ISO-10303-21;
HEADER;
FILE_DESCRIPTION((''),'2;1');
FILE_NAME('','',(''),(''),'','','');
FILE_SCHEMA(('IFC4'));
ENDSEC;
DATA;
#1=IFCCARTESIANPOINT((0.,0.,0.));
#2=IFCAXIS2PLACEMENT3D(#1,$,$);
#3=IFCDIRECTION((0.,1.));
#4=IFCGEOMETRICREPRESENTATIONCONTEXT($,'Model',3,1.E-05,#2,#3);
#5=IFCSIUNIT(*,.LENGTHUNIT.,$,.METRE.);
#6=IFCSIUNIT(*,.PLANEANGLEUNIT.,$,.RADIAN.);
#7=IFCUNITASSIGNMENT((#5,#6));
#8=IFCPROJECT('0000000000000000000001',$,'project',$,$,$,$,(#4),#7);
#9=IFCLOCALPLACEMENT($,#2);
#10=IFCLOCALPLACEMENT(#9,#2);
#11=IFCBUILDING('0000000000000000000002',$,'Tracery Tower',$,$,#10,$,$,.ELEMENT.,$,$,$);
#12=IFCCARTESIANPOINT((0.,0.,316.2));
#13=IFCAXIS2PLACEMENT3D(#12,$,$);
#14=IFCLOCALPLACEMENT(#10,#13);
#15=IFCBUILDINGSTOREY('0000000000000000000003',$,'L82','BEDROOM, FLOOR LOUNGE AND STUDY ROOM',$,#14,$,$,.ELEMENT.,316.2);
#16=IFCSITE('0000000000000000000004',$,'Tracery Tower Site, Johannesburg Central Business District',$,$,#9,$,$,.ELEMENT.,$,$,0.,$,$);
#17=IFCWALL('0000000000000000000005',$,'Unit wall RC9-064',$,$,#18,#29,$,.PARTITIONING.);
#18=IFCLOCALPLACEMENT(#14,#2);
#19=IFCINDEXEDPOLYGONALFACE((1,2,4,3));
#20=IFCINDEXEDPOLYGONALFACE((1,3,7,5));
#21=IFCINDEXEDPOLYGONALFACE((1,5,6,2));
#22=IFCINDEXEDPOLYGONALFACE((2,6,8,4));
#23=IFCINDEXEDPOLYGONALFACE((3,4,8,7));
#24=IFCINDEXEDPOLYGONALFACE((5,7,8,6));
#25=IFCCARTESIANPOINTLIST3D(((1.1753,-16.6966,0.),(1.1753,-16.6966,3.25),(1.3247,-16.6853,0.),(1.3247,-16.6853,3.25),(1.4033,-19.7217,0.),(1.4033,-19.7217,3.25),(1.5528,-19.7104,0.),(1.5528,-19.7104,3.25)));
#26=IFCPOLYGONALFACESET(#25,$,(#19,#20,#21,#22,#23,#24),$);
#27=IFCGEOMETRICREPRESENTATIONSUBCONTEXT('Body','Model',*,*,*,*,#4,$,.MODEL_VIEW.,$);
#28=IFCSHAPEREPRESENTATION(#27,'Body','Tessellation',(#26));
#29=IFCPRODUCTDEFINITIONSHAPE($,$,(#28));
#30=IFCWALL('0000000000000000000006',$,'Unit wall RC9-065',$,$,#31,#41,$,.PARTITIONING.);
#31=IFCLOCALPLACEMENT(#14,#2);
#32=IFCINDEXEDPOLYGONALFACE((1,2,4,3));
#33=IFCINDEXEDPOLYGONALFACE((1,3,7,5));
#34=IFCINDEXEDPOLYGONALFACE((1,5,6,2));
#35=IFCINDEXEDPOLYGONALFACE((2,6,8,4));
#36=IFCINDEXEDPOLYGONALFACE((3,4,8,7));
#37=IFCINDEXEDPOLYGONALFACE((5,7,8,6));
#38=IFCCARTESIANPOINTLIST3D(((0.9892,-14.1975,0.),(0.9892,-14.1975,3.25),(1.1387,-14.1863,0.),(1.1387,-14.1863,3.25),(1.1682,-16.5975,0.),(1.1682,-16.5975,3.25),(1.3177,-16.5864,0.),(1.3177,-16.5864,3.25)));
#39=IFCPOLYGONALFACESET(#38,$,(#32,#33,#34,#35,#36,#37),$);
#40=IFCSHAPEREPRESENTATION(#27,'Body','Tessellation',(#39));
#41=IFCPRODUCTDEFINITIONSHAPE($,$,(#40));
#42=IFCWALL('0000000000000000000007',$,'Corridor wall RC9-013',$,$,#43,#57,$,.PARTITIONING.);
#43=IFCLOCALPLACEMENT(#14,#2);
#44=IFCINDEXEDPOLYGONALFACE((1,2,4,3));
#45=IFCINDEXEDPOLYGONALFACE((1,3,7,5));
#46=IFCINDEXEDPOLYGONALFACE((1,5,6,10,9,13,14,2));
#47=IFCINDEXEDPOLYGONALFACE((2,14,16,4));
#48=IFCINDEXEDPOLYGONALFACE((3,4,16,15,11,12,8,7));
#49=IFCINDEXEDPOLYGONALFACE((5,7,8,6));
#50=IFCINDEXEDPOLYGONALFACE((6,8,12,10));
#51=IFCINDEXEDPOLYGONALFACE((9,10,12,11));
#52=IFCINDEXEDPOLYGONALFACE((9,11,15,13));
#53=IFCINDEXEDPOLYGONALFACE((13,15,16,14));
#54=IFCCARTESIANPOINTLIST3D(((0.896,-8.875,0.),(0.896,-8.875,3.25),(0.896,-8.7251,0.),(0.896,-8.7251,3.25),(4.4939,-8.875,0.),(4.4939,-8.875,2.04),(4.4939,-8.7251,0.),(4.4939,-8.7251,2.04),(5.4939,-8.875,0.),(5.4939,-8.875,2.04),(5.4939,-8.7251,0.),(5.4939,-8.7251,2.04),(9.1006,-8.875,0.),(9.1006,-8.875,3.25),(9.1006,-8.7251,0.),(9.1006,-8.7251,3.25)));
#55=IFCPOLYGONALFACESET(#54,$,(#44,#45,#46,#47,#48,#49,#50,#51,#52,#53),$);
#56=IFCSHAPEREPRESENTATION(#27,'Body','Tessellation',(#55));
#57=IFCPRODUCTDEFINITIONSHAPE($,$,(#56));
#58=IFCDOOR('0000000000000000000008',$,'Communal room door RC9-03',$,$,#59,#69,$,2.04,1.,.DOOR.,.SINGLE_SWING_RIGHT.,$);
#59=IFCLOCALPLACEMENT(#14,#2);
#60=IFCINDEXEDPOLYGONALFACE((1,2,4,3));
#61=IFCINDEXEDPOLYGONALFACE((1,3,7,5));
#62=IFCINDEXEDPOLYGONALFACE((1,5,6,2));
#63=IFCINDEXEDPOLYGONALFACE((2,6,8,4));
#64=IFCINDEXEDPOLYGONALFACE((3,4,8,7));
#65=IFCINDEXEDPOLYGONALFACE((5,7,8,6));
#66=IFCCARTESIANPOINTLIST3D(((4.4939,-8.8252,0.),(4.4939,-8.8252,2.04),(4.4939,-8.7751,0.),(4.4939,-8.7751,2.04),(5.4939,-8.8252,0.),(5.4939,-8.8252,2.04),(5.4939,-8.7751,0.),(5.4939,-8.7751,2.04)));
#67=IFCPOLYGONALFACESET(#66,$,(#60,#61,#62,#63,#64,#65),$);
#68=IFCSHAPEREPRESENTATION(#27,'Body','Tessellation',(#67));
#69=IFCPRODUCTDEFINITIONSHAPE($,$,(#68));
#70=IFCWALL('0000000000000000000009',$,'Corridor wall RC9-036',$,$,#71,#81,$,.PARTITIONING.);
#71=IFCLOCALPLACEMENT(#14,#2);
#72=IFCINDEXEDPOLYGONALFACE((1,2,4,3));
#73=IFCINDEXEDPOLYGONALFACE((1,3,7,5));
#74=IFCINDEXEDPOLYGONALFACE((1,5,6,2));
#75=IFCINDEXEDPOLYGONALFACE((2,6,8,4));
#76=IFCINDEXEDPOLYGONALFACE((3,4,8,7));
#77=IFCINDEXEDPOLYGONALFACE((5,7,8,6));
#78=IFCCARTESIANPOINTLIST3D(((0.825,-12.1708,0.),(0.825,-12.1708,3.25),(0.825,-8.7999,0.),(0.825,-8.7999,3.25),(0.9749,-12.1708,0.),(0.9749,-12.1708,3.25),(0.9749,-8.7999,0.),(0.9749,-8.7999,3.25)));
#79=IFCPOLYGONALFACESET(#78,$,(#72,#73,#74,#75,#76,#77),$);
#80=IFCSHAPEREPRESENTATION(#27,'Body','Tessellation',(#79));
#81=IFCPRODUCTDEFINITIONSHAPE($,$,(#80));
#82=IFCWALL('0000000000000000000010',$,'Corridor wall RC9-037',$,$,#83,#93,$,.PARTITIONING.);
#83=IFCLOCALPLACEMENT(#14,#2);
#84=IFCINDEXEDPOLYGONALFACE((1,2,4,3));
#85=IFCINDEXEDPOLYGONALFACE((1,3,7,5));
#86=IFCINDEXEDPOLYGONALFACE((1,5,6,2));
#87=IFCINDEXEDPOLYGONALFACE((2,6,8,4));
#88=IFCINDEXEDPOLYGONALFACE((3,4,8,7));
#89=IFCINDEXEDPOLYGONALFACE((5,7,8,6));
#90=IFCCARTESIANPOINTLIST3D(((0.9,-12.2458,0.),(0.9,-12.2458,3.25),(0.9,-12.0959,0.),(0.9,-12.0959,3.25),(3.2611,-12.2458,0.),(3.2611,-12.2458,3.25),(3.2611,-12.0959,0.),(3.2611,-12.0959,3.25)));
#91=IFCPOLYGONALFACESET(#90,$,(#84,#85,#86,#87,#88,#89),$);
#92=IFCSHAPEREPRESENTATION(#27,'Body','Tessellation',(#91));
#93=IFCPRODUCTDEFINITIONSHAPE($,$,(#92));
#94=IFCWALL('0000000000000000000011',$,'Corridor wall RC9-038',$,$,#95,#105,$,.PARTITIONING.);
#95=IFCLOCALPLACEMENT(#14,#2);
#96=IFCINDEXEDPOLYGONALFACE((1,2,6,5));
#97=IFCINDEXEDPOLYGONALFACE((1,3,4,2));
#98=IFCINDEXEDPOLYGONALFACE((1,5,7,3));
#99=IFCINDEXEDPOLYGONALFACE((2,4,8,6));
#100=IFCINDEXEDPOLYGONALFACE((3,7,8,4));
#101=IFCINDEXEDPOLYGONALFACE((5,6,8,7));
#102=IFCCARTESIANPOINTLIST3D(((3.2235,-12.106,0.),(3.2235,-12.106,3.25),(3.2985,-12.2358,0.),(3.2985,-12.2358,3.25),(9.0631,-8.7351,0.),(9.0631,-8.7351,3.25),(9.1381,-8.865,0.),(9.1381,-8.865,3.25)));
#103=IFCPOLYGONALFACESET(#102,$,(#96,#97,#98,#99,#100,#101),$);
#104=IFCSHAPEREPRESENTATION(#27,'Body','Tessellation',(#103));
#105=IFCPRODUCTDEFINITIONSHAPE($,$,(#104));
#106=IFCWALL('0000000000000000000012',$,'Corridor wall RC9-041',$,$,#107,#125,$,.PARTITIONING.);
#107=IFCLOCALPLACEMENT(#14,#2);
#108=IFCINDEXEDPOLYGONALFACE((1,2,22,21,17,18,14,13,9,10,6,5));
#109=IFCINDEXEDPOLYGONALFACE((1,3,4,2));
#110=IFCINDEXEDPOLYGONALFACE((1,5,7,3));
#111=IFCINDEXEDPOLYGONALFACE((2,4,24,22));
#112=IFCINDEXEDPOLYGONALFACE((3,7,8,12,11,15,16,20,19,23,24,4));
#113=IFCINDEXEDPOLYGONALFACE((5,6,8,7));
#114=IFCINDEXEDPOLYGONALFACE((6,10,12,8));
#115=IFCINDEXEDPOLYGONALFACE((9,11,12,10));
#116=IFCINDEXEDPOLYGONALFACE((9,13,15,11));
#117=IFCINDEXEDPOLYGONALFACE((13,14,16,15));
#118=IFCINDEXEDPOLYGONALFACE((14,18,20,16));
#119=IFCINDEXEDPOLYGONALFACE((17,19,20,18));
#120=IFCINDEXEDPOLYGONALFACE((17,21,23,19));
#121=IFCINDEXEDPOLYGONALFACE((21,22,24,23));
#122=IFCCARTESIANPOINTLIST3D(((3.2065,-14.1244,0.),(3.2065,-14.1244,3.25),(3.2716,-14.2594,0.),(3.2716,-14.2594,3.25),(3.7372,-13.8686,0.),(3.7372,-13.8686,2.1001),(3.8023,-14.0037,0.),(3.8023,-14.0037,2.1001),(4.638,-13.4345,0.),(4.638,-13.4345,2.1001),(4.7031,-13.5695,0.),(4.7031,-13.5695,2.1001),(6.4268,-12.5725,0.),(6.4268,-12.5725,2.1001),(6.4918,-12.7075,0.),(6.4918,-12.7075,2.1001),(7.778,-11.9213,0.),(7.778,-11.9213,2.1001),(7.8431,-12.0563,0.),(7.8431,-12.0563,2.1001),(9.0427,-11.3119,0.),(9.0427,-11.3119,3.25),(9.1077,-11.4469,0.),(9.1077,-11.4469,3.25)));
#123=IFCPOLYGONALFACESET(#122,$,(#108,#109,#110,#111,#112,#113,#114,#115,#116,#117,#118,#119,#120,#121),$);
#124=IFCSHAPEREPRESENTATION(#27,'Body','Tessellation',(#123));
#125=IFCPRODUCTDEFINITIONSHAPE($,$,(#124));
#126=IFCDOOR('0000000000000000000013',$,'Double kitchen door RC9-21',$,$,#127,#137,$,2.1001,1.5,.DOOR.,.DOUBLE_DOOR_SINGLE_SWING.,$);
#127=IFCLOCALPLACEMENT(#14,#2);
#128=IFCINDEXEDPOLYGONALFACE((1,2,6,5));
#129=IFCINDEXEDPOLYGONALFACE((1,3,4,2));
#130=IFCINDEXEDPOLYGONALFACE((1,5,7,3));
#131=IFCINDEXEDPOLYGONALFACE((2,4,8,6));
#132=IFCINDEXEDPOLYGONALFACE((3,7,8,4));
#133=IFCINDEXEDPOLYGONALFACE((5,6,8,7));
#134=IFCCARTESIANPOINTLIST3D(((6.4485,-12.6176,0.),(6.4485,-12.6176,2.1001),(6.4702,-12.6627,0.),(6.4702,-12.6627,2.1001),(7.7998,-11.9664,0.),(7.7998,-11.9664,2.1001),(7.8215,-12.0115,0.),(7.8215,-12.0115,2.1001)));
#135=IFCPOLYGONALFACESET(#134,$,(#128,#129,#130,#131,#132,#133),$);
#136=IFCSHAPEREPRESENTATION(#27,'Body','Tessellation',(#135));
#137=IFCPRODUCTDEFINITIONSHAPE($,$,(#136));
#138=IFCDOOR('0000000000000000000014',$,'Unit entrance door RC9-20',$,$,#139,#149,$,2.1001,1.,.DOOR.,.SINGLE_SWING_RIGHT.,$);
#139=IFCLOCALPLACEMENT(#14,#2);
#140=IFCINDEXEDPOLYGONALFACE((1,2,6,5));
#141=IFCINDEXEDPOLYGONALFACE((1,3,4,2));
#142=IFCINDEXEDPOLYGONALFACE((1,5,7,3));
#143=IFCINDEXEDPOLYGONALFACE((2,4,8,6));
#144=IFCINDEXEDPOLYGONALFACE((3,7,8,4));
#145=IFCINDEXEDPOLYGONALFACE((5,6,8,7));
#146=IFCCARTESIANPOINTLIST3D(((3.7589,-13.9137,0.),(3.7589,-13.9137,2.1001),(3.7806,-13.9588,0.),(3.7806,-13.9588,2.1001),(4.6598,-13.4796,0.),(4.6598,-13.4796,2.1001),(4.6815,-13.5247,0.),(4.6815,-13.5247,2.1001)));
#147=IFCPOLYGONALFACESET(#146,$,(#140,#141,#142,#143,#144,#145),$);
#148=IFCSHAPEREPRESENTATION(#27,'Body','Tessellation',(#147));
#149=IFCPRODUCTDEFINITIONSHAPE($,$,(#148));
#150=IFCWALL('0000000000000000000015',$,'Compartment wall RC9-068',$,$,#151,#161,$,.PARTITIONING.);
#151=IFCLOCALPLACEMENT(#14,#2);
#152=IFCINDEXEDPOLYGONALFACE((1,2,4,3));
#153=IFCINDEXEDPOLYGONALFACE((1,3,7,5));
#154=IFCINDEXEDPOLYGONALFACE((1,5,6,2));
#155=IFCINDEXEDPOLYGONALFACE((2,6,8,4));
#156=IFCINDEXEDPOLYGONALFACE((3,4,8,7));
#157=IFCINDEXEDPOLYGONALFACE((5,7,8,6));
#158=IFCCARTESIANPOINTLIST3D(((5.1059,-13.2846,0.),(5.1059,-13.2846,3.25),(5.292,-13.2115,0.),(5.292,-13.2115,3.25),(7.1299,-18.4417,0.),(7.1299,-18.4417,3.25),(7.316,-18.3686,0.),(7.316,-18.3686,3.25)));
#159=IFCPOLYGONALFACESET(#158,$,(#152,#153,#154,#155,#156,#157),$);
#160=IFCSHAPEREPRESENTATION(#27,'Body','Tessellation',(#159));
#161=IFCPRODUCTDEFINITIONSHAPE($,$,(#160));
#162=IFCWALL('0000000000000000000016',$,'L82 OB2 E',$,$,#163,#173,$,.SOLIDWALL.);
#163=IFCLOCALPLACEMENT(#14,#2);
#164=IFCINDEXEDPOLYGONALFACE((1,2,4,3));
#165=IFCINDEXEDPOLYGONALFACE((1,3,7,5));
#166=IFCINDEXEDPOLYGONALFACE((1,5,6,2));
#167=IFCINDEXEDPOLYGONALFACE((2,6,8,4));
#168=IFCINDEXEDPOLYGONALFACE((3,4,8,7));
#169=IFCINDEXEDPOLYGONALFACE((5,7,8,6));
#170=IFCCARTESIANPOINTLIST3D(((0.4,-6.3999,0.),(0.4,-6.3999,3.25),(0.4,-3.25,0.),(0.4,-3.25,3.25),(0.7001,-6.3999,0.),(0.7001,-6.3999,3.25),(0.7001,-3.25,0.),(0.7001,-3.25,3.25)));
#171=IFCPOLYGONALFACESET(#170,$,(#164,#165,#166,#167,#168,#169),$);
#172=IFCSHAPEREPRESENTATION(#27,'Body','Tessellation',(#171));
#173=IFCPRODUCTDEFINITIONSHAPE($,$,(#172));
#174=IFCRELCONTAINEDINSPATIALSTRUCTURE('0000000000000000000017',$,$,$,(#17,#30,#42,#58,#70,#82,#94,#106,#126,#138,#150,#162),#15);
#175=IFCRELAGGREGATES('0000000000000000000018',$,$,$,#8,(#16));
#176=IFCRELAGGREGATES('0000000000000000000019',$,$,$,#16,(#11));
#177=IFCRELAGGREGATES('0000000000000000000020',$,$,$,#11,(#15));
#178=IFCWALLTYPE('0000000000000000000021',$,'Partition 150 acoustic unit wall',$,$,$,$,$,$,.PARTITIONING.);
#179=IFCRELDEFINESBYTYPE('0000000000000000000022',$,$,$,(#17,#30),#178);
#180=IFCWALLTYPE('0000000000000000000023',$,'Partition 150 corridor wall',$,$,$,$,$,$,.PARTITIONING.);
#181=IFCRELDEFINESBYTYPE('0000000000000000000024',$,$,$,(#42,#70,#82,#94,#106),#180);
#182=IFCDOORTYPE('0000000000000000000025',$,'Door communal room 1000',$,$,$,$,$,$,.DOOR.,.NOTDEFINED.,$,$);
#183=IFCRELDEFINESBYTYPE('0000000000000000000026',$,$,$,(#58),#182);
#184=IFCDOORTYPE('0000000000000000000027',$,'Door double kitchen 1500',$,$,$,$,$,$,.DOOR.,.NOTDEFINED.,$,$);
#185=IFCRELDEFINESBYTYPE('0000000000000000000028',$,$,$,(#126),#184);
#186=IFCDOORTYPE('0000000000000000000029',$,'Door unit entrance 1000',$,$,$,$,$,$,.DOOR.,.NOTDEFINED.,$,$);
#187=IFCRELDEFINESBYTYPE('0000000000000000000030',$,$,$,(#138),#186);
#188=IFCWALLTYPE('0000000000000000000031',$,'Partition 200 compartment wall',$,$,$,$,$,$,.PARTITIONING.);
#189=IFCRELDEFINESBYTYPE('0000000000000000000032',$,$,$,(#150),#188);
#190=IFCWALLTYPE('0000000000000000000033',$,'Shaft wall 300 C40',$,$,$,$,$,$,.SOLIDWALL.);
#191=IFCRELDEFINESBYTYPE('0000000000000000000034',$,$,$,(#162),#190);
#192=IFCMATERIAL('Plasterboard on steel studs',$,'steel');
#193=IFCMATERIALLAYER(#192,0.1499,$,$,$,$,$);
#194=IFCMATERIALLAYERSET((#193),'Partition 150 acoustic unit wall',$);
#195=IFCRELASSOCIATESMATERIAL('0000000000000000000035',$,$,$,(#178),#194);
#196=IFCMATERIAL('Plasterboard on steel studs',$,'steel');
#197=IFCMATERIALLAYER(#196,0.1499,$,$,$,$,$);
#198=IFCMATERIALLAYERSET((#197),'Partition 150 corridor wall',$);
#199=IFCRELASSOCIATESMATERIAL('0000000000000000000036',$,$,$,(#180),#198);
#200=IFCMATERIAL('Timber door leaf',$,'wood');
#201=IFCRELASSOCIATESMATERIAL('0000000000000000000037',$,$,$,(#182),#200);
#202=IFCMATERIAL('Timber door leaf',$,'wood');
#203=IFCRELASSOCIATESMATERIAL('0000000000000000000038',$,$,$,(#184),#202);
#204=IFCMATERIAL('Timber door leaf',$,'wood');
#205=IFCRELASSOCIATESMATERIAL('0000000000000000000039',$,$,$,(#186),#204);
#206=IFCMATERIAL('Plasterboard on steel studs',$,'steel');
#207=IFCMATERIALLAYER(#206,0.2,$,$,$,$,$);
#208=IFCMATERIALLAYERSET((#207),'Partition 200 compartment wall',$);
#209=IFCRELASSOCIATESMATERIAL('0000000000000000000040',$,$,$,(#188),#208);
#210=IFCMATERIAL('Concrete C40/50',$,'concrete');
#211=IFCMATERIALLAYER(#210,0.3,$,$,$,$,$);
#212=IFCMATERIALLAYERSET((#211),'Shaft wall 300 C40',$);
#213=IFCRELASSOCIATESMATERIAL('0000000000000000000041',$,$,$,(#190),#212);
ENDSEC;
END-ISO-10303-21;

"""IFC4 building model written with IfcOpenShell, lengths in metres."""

from ifc_helpers import new_model, si_unit, direction, frame, frame_2d, origin, place, context, subcontext, project, spatial, rectangle, extrude, material, layer, layer_set, type_object, element, fill, save


model = new_model("IFC4")

# Units and contexts
model_context = context("Model", 3, precision=1e-05, world=origin(), true_north=direction((0.0, 1.0)))
body_context = subcontext(model_context, "Body", "Model", "MODEL_VIEW")
ifc_project = project(units=[si_unit("LENGTHUNIT", "METRE"), si_unit("PLANEANGLEUNIT", "RADIAN")], contexts=[model_context])

# Site, building, storey
site_placement = place(None, origin())
site = spatial("IfcSite", under=ifc_project, at=site_placement, Name="Tracery Tower Site, Johannesburg Central Business District", CompositionType="ELEMENT", RefElevation=0.0)
building_placement = place(site_placement, origin())
building = spatial("IfcBuilding", under=site, at=building_placement, Name="Tracery Tower", CompositionType="ELEMENT")
storey_placement = place(building_placement, frame((0.0, 0.0, 316.2)))
storey = spatial("IfcBuildingStorey", under=building, at=storey_placement, Name="L82", Description="BEDROOM, FLOOR LOUNGE AND STUDY ROOM", CompositionType="ELEMENT", Elevation=316.2)

# Walls
ifc_material_1 = material(Name="Plasterboard on steel studs", Category="steel")
ifc_layer_1 = layer(ifc_material_1, 0.1499)
ifc_layer_set_1 = layer_set([ifc_layer_1], Name="Partition 150 acoustic unit wall")
wall_type_1 = type_object("IfcWallType", Name="Partition 150 acoustic unit wall", PredefinedType="PARTITIONING", material=ifc_layer_set_1)
wall_1_placement = place(storey_placement, frame((1.25, -16.6909, 0.0), z_axis=(0.0, 0.0, 1.0), x_axis=(0.075164, -0.997171, 0.0)))
element("IfcWall", 1, at=wall_1_placement, inside=storey, type_object=wall_type_1, Name="Unit wall RC9-064", PredefinedType="PARTITIONING", context=body_context, shape_type="SweptSolid", body=[
    extrude(rectangle(XDim=3.0337, YDim=0.1499, at=frame_2d((1.5168, 0.0))), origin(), (0.0, 0.0, 1.0), 3.25),
])
wall_2_placement = place(storey_placement, frame((1.064, -14.1919, 0.0), z_axis=(0.0, 0.0, 1.0), x_axis=(0.074354, -0.997232, 0.0)))
element("IfcWall", 2, at=wall_2_placement, inside=storey, type_object=wall_type_1, Name="Unit wall RC9-065", PredefinedType="PARTITIONING", context=body_context, shape_type="SweptSolid", body=[
    extrude(rectangle(XDim=2.4067, YDim=0.1499, at=frame_2d((1.2034, 0.0))), origin(), (0.0, 0.0, 1.0), 3.25),
])

# Wall, opening, door
ifc_material_2 = material(Name="Plasterboard on steel studs", Category="steel")
ifc_layer_2 = layer(ifc_material_2, 0.1499)
ifc_layer_set_2 = layer_set([ifc_layer_2], Name="Partition 150 corridor wall")
wall_type_2 = type_object("IfcWallType", Name="Partition 150 corridor wall", PredefinedType="PARTITIONING", material=ifc_layer_set_2)
wall_3_placement = place(storey_placement, frame((0.896, -8.8, 0.0), z_axis=(0.0, 0.0, 1.0), x_axis=(1.0, 0.0, 0.0)))
wall_3 = element("IfcWall", 3, at=wall_3_placement, inside=storey, type_object=wall_type_2, Name="Corridor wall RC9-013", PredefinedType="PARTITIONING", context=body_context, shape_type="SweptSolid", body=[
    extrude(rectangle(XDim=8.2046, YDim=0.1499, at=frame_2d((4.1023, 0.0))), origin(), (0.0, 0.0, 1.0), 3.25),
])
opening_1_placement = place(wall_3_placement, frame((3.5979, 0.0, 0.0)))
opening_1 = element("IfcOpeningElement", 4, at=opening_1_placement, cuts=wall_3, PredefinedType="OPENING", context=body_context, shape_type="SweptSolid", body=[
    extrude(rectangle(XDim=1.0, YDim=2.04, at=frame_2d((0.5, 1.02))), frame((0.0, 0.075, 0.0), z_axis=(0.0, -1.0, 0.0), x_axis=(1.0, 0.0, 0.0)), (0.0, 0.0, 1.0), 0.1499),
])
ifc_material_3 = material(Name="Timber door leaf", Category="wood")
door_type_1 = type_object("IfcDoorType", Name="Door communal room 1000", OperationType="NOTDEFINED", PredefinedType="DOOR", material=ifc_material_3)
door_1_placement = place(opening_1_placement, origin())
door_1 = element("IfcDoor", 5, at=door_1_placement, inside=storey, type_object=door_type_1, Name="Communal room door RC9-03", OperationType="SINGLE_SWING_RIGHT", OverallHeight=2.04, OverallWidth=1.0, PredefinedType="DOOR", context=body_context, shape_type="SweptSolid", body=[
    extrude(rectangle(XDim=1.0, YDim=2.04, at=frame_2d((0.5, 1.02))), frame((0.0, 0.0249, 0.0), z_axis=(0.0, -1.0, 0.0), x_axis=(1.0, 0.0, 0.0)), (0.0, 0.0, 1.0), 0.05),
])
fill(opening_1, door_1)

# Walls
wall_4_placement = place(storey_placement, frame((0.8999, -12.1709, 0.0), z_axis=(0.0, 0.0, 1.0), x_axis=(0.0, 1.0, 0.0)))
element("IfcWall", 6, at=wall_4_placement, inside=storey, type_object=wall_type_2, Name="Corridor wall RC9-036", PredefinedType="PARTITIONING", context=body_context, shape_type="SweptSolid", body=[
    extrude(rectangle(XDim=3.3708, YDim=0.1499, at=frame_2d((1.6855, 0.0))), origin(), (0.0, 0.0, 1.0), 3.25),
])
wall_5_placement = place(storey_placement, frame((0.8999, -12.1709, 0.0), z_axis=(0.0, 0.0, 1.0), x_axis=(1.0, 0.0, 0.0)))
element("IfcWall", 7, at=wall_5_placement, inside=storey, type_object=wall_type_2, Name="Corridor wall RC9-037", PredefinedType="PARTITIONING", context=body_context, shape_type="SweptSolid", body=[
    extrude(rectangle(XDim=2.3611, YDim=0.1499, at=frame_2d((1.1807, 0.0))), origin(), (0.0, 0.0, 1.0), 3.25),
])
wall_6_placement = place(storey_placement, frame((3.261, -12.1709, 0.0), z_axis=(0.0, 0.0, 1.0), x_axis=(0.866067, 0.499928, 0.0)))
element("IfcWall", 8, at=wall_6_placement, inside=storey, type_object=wall_type_2, Name="Corridor wall RC9-038", PredefinedType="PARTITIONING", context=body_context, shape_type="SweptSolid", body=[
    extrude(rectangle(XDim=6.7427, YDim=0.1499, at=frame_2d((3.3713, 0.0))), origin(), (0.0, 0.0, 1.0), 3.25),
])

# Wall, openings, doors
wall_7_placement = place(storey_placement, frame((3.239, -14.1919, 0.0), z_axis=(0.0, 0.0, 1.0), x_axis=(0.900852, 0.434127, 0.0)))
wall_7 = element("IfcWall", 9, at=wall_7_placement, inside=storey, type_object=wall_type_2, Name="Corridor wall RC9-041", PredefinedType="PARTITIONING", context=body_context, shape_type="SweptSolid", body=[
    extrude(rectangle(XDim=6.4785, YDim=0.1499, at=frame_2d((3.2393, 0.0))), origin(), (0.0, 0.0, 1.0), 3.25),
])
opening_2_placement = place(wall_7_placement, frame((0.5891, 0.0, 0.0)))
opening_2 = element("IfcOpeningElement", 10, at=opening_2_placement, cuts=wall_7, PredefinedType="OPENING", context=body_context, shape_type="SweptSolid", body=[
    extrude(rectangle(XDim=1.0, YDim=2.1001, at=frame_2d((0.5, 1.05))), frame((0.0, 0.075, 0.0), z_axis=(0.0, -1.0, 0.0), x_axis=(1.0, 0.0, 0.0)), (0.0, 0.0, 1.0), 0.1499),
])
opening_3_placement = place(wall_7_placement, frame((3.5747, 0.0, 0.0)))
opening_3 = element("IfcOpeningElement", 11, at=opening_3_placement, cuts=wall_7, PredefinedType="OPENING", context=body_context, shape_type="SweptSolid", body=[
    extrude(rectangle(XDim=1.5, YDim=2.1001, at=frame_2d((0.75, 1.05))), frame((0.0, 0.075, 0.0), z_axis=(0.0, -1.0, 0.0), x_axis=(1.0, 0.0, 0.0)), (0.0, 0.0, 1.0), 0.1499),
])
ifc_material_4 = material(Name="Timber door leaf", Category="wood")
door_type_2 = type_object("IfcDoorType", Name="Door double kitchen 1500", OperationType="NOTDEFINED", PredefinedType="DOOR", material=ifc_material_4)
door_2_placement = place(opening_3_placement, origin())
door_2 = element("IfcDoor", 12, at=door_2_placement, inside=storey, type_object=door_type_2, Name="Double kitchen door RC9-21", OperationType="DOUBLE_DOOR_SINGLE_SWING", OverallHeight=2.1001, OverallWidth=1.5, PredefinedType="DOOR", context=body_context, shape_type="SweptSolid", body=[
    extrude(rectangle(XDim=1.5, YDim=2.1001, at=frame_2d((0.75, 1.05))), frame((0.0, 0.0249, 0.0), z_axis=(0.0, -1.0, 0.0), x_axis=(1.0, 0.0, 0.0)), (0.0, 0.0, 1.0), 0.05),
])
fill(opening_3, door_2)
ifc_material_5 = material(Name="Timber door leaf", Category="wood")
door_type_3 = type_object("IfcDoorType", Name="Door unit entrance 1000", OperationType="NOTDEFINED", PredefinedType="DOOR", material=ifc_material_5)
door_3_placement = place(opening_2_placement, origin())
door_3 = element("IfcDoor", 13, at=door_3_placement, inside=storey, type_object=door_type_3, Name="Unit entrance door RC9-20", OperationType="SINGLE_SWING_RIGHT", OverallHeight=2.1001, OverallWidth=1.0, PredefinedType="DOOR", context=body_context, shape_type="SweptSolid", body=[
    extrude(rectangle(XDim=1.0, YDim=2.1001, at=frame_2d((0.5, 1.05))), frame((0.0, 0.0249, 0.0), z_axis=(0.0, -1.0, 0.0), x_axis=(1.0, 0.0, 0.0)), (0.0, 0.0, 1.0), 0.05),
])
fill(opening_2, door_3)

# Walls
ifc_material_6 = material(Name="Plasterboard on steel studs", Category="steel")
ifc_layer_3 = layer(ifc_material_6, 0.2)
ifc_layer_set_3 = layer_set([ifc_layer_3], Name="Partition 200 compartment wall")
wall_type_3 = type_object("IfcWallType", Name="Partition 200 compartment wall", PredefinedType="PARTITIONING", material=ifc_layer_set_3)
wall_8_placement = place(storey_placement, frame((5.199, -13.248, 0.0), z_axis=(0.0, 0.0, 1.0), x_axis=(0.365335, -0.930876, 0.0)))
element("IfcWall", 14, at=wall_8_placement, inside=storey, type_object=wall_type_3, Name="Compartment wall RC9-068", PredefinedType="PARTITIONING", context=body_context, shape_type="SweptSolid", body=[
    extrude(rectangle(XDim=5.54, YDim=0.2, at=frame_2d((2.77, 0.0))), origin(), (0.0, 0.0, 1.0), 3.25),
])
ifc_material_7 = material(Name="Concrete C40/50", Category="concrete")
ifc_layer_4 = layer(ifc_material_7, 0.3)
ifc_layer_set_4 = layer_set([ifc_layer_4], Name="Shaft wall 300 C40")
wall_type_4 = type_object("IfcWallType", Name="Shaft wall 300 C40", PredefinedType="SOLIDWALL", material=ifc_layer_set_4)
wall_9_placement = place(storey_placement, frame((0.55, -6.3999, 0.0), z_axis=(0.0, 0.0, 1.0), x_axis=(0.0, 1.0, 0.0)))
element("IfcWall", 15, at=wall_9_placement, inside=storey, type_object=wall_type_4, Name="L82 OB2 E", PredefinedType="SOLIDWALL", context=body_context, shape_type="SweptSolid", body=[
    extrude(rectangle(XDim=3.1499, YDim=0.3, at=frame_2d((1.575, 0.0))), origin(), (0.0, 0.0, 1.0), 3.25),
])

save(model, "model.ifc")
